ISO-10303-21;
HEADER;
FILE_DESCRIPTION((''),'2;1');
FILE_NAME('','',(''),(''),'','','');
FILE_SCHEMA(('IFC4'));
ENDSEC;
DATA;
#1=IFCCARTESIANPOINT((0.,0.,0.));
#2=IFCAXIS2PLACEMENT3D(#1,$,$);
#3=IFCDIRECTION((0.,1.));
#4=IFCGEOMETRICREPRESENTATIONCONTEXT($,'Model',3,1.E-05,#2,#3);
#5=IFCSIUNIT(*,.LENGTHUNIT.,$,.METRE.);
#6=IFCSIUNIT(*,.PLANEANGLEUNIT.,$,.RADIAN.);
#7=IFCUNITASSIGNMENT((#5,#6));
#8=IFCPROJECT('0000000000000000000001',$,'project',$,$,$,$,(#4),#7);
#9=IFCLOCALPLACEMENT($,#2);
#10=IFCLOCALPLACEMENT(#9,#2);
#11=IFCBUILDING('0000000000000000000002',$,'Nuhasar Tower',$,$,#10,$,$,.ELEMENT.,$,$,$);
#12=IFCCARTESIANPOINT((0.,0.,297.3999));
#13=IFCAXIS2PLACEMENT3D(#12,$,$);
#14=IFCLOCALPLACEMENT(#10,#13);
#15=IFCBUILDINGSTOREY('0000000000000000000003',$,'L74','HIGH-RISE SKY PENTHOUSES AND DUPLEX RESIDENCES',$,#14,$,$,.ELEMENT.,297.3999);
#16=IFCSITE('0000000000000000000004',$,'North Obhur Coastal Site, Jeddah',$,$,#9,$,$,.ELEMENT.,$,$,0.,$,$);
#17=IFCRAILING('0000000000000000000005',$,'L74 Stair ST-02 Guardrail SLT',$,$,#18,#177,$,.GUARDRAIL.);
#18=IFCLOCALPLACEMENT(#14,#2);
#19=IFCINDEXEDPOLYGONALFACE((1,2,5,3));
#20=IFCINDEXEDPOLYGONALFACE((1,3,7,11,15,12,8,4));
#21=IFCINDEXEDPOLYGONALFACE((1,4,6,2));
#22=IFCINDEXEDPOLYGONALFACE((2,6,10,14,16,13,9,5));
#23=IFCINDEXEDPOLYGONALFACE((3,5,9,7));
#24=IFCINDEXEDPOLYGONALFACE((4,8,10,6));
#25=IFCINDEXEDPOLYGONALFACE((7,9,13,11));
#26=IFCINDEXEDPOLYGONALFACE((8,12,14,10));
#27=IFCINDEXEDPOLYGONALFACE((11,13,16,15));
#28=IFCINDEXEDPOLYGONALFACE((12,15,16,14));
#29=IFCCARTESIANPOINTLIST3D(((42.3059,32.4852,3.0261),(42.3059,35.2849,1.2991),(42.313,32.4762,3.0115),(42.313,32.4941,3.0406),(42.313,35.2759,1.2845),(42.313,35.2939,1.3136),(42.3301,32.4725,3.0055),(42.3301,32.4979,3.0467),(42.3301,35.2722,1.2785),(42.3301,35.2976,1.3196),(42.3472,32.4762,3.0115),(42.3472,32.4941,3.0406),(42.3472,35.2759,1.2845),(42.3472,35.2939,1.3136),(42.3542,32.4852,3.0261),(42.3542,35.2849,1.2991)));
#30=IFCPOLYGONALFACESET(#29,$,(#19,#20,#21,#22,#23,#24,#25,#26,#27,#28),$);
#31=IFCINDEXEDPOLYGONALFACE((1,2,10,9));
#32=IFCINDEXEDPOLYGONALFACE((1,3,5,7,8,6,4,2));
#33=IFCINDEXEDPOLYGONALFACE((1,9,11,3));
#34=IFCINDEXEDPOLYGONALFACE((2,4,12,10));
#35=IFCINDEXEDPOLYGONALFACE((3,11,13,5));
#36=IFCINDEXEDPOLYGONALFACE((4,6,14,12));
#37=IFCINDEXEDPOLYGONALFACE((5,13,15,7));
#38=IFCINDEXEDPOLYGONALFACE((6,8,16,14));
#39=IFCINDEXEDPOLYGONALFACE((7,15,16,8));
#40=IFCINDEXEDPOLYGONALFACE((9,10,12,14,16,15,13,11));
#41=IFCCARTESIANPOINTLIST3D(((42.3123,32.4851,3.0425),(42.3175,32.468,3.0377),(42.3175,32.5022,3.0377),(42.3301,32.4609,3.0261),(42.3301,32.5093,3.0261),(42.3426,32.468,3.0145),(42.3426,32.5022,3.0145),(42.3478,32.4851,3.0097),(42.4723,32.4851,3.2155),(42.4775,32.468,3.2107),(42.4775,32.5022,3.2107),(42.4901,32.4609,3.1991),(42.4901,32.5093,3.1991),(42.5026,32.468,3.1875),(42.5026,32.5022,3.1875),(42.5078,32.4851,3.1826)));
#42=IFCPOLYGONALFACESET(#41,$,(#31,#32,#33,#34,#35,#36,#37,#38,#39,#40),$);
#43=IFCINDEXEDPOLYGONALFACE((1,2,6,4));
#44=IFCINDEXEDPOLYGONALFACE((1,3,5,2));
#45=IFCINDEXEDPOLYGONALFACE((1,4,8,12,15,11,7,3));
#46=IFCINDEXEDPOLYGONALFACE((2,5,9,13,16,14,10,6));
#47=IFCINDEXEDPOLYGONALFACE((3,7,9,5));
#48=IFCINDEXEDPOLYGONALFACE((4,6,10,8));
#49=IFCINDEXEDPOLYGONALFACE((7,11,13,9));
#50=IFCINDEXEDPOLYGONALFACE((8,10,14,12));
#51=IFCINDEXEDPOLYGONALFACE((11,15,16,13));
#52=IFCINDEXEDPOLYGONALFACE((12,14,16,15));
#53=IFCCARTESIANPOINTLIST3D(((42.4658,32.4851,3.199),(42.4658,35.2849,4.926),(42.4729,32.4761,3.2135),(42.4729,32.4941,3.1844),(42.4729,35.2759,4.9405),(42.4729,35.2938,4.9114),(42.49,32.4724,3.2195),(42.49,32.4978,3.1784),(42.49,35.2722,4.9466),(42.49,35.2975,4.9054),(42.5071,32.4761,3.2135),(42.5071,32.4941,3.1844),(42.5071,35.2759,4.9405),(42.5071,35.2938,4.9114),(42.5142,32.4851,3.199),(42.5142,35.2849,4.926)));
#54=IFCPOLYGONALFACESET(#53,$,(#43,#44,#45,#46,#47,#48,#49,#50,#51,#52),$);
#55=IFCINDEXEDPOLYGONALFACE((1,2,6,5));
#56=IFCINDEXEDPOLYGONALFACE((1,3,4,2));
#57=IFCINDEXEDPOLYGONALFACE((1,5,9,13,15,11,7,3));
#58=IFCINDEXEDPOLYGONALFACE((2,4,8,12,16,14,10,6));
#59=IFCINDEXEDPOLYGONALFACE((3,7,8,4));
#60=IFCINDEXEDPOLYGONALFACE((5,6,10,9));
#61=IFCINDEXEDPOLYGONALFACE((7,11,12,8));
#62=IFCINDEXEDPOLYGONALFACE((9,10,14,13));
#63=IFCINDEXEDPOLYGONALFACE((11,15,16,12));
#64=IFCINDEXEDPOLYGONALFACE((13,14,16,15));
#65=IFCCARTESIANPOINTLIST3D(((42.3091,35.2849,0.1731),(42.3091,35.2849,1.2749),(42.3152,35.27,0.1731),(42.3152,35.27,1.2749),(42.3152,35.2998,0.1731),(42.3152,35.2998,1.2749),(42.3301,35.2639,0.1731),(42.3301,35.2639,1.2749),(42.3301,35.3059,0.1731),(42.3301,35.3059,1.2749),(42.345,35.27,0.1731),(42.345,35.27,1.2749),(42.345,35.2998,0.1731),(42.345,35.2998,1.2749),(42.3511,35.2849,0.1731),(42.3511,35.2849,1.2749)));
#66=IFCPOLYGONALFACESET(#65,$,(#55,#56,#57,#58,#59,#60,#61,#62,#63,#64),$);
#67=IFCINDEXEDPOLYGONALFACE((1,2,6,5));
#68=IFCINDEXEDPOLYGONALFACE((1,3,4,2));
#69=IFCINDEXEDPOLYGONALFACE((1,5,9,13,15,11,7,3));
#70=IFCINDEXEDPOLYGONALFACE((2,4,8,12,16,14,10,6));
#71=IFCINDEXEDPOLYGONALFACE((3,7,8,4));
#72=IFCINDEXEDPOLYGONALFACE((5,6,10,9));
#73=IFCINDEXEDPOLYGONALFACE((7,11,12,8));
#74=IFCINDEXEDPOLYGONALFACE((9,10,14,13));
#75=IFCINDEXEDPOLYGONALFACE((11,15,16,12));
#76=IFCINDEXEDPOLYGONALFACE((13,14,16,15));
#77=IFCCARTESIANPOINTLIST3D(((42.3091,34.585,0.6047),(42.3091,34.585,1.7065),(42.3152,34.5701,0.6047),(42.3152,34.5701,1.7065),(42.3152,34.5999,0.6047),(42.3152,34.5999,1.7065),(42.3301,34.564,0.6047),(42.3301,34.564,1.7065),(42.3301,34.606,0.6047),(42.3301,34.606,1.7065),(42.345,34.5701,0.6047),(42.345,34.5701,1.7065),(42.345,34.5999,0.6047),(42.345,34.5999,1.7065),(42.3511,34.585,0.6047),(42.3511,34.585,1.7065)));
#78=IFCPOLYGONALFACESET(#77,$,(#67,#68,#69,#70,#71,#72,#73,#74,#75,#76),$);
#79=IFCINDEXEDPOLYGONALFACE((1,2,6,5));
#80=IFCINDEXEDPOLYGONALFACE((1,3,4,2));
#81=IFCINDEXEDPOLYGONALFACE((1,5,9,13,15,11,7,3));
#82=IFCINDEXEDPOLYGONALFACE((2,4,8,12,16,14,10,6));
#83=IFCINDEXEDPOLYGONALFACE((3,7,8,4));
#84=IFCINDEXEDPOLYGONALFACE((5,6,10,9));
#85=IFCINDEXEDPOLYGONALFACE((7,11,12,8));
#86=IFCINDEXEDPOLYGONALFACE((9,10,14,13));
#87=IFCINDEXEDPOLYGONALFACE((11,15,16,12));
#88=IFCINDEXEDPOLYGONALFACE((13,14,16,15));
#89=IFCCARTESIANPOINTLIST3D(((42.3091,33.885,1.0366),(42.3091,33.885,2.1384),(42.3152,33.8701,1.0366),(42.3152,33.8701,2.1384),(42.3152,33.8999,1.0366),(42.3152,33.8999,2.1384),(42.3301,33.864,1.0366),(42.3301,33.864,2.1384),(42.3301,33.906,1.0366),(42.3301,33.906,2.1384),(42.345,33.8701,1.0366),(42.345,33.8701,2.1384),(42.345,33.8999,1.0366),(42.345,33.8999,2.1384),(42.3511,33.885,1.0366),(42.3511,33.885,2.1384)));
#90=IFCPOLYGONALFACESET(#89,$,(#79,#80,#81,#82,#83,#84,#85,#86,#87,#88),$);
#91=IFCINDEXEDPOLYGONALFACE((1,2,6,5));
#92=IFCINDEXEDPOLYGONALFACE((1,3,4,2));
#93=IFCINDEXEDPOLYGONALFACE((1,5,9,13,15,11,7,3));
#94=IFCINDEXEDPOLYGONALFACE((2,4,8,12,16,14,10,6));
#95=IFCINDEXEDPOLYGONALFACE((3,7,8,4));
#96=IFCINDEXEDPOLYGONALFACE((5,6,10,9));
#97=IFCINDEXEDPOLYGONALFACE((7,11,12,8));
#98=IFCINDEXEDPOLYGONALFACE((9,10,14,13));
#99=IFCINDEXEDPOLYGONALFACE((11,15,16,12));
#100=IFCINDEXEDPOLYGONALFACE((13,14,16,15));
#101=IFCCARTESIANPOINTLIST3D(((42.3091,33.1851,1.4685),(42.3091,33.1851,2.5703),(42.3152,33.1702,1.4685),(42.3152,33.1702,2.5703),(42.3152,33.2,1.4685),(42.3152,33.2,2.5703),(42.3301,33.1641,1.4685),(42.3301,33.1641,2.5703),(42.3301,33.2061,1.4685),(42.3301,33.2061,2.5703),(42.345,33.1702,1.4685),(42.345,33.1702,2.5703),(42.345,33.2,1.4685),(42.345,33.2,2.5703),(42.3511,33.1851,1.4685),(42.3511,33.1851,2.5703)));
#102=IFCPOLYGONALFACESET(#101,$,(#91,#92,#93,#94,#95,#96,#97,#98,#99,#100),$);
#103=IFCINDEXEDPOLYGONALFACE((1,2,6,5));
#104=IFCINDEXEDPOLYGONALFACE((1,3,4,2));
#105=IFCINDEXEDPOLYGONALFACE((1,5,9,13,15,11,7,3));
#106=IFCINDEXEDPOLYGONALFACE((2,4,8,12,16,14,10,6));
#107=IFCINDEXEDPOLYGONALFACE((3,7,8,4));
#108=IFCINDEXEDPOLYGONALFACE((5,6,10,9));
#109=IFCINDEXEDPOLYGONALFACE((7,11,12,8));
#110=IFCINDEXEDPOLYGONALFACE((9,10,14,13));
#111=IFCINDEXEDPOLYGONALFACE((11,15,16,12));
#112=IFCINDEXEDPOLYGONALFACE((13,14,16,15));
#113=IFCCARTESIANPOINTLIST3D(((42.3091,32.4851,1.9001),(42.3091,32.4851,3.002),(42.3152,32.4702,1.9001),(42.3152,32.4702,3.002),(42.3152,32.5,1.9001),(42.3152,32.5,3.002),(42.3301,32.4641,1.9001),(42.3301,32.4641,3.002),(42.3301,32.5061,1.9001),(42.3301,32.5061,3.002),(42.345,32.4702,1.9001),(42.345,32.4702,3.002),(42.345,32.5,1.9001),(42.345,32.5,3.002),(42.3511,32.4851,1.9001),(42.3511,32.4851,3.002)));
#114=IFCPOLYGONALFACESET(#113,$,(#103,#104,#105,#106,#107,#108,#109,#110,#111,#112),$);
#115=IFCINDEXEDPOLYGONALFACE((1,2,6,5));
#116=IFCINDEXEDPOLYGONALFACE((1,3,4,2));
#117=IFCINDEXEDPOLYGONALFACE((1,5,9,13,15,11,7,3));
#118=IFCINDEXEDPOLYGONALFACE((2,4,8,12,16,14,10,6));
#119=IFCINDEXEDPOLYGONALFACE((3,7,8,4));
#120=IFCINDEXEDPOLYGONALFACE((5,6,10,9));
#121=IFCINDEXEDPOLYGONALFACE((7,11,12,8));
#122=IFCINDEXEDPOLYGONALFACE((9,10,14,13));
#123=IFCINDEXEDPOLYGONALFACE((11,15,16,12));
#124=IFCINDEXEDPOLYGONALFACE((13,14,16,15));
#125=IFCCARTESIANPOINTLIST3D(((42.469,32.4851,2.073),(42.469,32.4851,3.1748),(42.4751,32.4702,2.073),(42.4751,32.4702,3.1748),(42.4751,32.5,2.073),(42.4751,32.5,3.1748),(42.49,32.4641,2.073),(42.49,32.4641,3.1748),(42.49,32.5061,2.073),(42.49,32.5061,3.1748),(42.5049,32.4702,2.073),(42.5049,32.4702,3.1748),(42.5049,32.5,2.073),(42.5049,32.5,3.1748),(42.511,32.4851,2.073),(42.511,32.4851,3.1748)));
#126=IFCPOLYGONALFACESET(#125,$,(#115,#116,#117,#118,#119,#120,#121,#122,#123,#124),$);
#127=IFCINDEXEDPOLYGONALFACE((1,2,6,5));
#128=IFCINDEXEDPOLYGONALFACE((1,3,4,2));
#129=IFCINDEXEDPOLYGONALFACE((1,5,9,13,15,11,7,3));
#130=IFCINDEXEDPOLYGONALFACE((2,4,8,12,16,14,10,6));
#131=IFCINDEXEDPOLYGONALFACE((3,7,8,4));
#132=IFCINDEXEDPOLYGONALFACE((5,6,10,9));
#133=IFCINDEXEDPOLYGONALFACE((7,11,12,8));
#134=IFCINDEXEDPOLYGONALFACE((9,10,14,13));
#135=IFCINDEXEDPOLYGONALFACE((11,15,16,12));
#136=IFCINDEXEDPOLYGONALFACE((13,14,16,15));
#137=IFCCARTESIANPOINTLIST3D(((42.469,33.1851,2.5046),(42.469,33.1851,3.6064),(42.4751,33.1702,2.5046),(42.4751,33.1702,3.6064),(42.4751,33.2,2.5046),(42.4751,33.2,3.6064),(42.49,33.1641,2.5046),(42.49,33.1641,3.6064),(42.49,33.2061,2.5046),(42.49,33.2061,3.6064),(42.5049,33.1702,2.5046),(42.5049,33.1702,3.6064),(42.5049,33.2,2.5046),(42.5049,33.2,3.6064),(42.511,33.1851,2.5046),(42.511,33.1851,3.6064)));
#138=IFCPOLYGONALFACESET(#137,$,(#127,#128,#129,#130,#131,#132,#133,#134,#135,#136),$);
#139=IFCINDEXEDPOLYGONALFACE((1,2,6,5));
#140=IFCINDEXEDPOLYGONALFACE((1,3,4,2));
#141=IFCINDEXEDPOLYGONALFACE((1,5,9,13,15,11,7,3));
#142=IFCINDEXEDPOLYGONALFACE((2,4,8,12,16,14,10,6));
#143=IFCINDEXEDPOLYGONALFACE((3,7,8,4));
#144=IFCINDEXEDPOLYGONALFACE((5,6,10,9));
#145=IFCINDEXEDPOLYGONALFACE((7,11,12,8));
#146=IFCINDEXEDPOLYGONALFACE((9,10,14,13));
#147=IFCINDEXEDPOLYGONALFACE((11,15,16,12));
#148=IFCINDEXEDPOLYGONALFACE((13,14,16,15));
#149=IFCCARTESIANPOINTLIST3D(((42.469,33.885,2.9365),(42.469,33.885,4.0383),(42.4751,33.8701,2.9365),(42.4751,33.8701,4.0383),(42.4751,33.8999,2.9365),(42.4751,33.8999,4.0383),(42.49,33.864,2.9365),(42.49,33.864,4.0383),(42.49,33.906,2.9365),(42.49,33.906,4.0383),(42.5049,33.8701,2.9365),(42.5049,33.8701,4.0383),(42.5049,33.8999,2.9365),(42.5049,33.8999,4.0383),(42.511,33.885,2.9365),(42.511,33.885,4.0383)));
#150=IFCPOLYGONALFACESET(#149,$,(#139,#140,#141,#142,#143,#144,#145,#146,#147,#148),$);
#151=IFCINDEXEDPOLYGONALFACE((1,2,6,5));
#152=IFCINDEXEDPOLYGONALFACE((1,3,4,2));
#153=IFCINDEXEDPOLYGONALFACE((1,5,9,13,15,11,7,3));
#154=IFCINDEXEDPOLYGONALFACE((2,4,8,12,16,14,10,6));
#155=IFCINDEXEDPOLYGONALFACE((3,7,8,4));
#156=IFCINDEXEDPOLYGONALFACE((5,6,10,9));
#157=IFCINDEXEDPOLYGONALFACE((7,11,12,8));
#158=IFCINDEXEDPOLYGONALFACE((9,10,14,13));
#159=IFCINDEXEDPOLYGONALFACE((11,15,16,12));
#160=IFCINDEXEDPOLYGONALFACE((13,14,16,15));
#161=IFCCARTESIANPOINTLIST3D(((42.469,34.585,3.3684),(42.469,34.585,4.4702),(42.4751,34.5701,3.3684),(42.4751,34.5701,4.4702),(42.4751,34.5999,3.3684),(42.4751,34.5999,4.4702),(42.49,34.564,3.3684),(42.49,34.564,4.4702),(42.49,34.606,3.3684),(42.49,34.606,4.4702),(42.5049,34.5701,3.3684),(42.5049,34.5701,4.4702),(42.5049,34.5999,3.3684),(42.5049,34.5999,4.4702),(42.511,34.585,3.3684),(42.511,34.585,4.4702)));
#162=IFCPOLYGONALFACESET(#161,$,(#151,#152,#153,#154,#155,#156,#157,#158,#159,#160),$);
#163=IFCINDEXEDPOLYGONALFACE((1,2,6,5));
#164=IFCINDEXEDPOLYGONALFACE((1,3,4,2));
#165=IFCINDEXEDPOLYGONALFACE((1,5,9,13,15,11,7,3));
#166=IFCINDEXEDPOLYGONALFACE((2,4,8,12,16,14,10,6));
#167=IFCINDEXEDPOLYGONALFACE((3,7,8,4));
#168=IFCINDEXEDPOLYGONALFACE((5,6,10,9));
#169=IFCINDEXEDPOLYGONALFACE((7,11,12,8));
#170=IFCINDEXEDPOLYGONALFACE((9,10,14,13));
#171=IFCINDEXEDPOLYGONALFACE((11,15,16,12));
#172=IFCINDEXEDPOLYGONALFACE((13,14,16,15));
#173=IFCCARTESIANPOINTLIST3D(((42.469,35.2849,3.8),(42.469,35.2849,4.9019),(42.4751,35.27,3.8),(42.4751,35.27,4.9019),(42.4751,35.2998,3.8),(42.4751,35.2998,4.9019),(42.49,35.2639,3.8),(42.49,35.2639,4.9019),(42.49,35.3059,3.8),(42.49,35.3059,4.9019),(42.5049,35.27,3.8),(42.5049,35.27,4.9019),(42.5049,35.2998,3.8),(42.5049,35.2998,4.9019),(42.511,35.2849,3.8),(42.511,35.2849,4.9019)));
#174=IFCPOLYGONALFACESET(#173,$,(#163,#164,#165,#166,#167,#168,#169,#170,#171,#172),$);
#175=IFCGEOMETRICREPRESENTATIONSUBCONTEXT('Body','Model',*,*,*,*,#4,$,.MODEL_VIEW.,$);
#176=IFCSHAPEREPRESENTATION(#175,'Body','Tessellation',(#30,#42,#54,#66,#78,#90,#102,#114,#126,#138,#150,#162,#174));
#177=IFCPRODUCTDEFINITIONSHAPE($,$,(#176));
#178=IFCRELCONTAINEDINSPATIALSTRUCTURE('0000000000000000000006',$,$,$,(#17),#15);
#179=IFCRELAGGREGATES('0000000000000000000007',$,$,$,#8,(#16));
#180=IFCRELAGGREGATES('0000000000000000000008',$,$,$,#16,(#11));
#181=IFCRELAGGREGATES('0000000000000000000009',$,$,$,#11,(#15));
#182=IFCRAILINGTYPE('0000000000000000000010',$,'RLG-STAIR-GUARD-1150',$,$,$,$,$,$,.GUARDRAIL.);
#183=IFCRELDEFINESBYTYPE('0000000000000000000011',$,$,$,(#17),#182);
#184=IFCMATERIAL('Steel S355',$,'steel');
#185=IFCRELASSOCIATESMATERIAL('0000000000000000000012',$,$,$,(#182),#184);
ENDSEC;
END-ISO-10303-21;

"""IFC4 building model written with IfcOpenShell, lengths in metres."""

from ifc_helpers import new_model, si_unit, direction, frame, origin, place, context, subcontext, project, spatial, polyline, outline, extrude, material, type_object, element, save


model = new_model("IFC4")

# Units and contexts
model_context = context("Model", 3, precision=1e-05, world=origin(), true_north=direction((0.0, 1.0)))
body_context = subcontext(model_context, "Body", "Model", "MODEL_VIEW")
ifc_project = project(units=[si_unit("LENGTHUNIT", "METRE"), si_unit("PLANEANGLEUNIT", "RADIAN")], contexts=[model_context])

# Site, building, storey
site_placement = place(None, origin())
site = spatial("IfcSite", under=ifc_project, at=site_placement, Name="North Obhur Coastal Site, Jeddah", CompositionType="ELEMENT", RefElevation=0.0)
building_placement = place(site_placement, origin())
building = spatial("IfcBuilding", under=site, at=building_placement, Name="Nuhasar Tower", CompositionType="ELEMENT")
storey_placement = place(building_placement, frame((0.0, 0.0, 297.3999)))
storey = spatial("IfcBuildingStorey", under=building, at=storey_placement, Name="L74", Description="HIGH-RISE SKY PENTHOUSES AND DUPLEX RESIDENCES", CompositionType="ELEMENT", Elevation=297.3999)

# Shared definitions
ifc_material_1 = material(Name="Steel S355", Category="steel")

# Railing
railing_type_1 = type_object("IfcRailingType", Name="RLG-STAIR-GUARD-1150", PredefinedType="GUARDRAIL", material=ifc_material_1)
railing_1_placement = place(storey_placement, frame((42.3301, 35.2849, 0.1731)))
element("IfcRailing", 1, at=railing_1_placement, inside=storey, type_object=railing_type_1, Name="L74 Stair ST-02 Guardrail SLT", PredefinedType="GUARDRAIL", context=body_context, shape_type="SweptSolid", body=[
    extrude(outline(polyline([(0.0242, 0.0), (0.0171, 0.0171), (0.0, 0.0242), (-0.0171, 0.0171), (-0.0242, 0.0), (-0.0171, -0.0171), (0.0, -0.0242), (0.0171, -0.0171), (0.0242, 0.0)])), frame((0.0, 0.0, 1.126), z_axis=(0.0, -0.851102, 0.525), x_axis=(1.0, 0.0, 0.0)), (0.0, 0.0, 1.0), 3.2896),
    extrude(outline(polyline([(0.0242, 0.0), (0.0171, 0.0171), (0.0, 0.0242), (-0.0171, 0.0171), (-0.0242, 0.0), (-0.0171, -0.0171), (0.0, -0.0242), (0.0171, -0.0171), (0.0242, 0.0)])), frame((0.0, -2.7998, 2.853), z_axis=(0.679098, 0.0, 0.734048), x_axis=(0.0, 1.0, 0.0)), (0.0, 0.0, 1.0), 0.2356),
    extrude(outline(polyline([(0.0242, 0.0), (0.0171, 0.0171), (0.0, 0.0242), (-0.0171, 0.0171), (-0.0242, 0.0), (-0.0171, -0.0171), (0.0, -0.0242), (0.0171, -0.0171), (0.0242, 0.0)])), frame((0.1599, -2.7998, 3.0259), z_axis=(0.0, 0.851102, 0.525), x_axis=(-1.0, 0.0, 0.0)), (0.0, 0.0, 1.0), 3.2896),
    extrude(outline(polyline([(0.021, 0.0), (0.0149, 0.0149), (0.0, 0.021), (-0.0149, 0.0149), (-0.021, 0.0), (-0.0149, -0.0149), (0.0, -0.021), (0.0149, -0.0149), (0.021, 0.0)])), origin(), (0.0, 0.0, 1.0), 1.1018),
    extrude(outline(polyline([(0.021, 0.0), (0.0149, 0.0149), (0.0, 0.021), (-0.0149, 0.0149), (-0.021, 0.0), (-0.0149, -0.0149), (0.0, -0.021), (0.0149, -0.0149), (0.021, 0.0)])), frame((0.0, -0.7, 0.4316)), (0.0, 0.0, 1.0), 1.1018),
    extrude(outline(polyline([(0.021, 0.0), (0.0149, 0.0149), (0.0, 0.021), (-0.0149, 0.0149), (-0.021, 0.0), (-0.0149, -0.0149), (0.0, -0.021), (0.0149, -0.0149), (0.021, 0.0)])), frame((0.0, -1.3999, 0.8635)), (0.0, 0.0, 1.0), 1.1018),
    extrude(outline(polyline([(0.021, 0.0), (0.0149, 0.0149), (0.0, 0.021), (-0.0149, 0.0149), (-0.021, 0.0), (-0.0149, -0.0149), (0.0, -0.021), (0.0149, -0.0149), (0.021, 0.0)])), frame((0.0, -2.0999, 1.2954)), (0.0, 0.0, 1.0), 1.1018),
    extrude(outline(polyline([(0.021, 0.0), (0.0149, 0.0149), (0.0, 0.021), (-0.0149, 0.0149), (-0.021, 0.0), (-0.0149, -0.0149), (0.0, -0.021), (0.0149, -0.0149), (0.021, 0.0)])), frame((0.0, -2.7998, 1.7271)), (0.0, 0.0, 1.0), 1.1018),
    extrude(outline(polyline([(0.021, 0.0), (0.0149, 0.0149), (0.0, 0.021), (-0.0149, 0.0149), (-0.021, 0.0), (-0.0149, -0.0149), (0.0, -0.021), (0.0149, -0.0149), (0.021, 0.0)])), frame((0.1599, -2.7998, 1.8999)), (0.0, 0.0, 1.0), 1.1018),
    extrude(outline(polyline([(0.021, 0.0), (0.0149, 0.0149), (0.0, 0.021), (-0.0149, 0.0149), (-0.021, 0.0), (-0.0149, -0.0149), (0.0, -0.021), (0.0149, -0.0149), (0.021, 0.0)])), frame((0.1599, -2.0999, 2.3315)), (0.0, 0.0, 1.0), 1.1018),
    extrude(outline(polyline([(0.021, 0.0), (0.0149, 0.0149), (0.0, 0.021), (-0.0149, 0.0149), (-0.021, 0.0), (-0.0149, -0.0149), (0.0, -0.021), (0.0149, -0.0149), (0.021, 0.0)])), frame((0.1599, -1.3999, 2.7634)), (0.0, 0.0, 1.0), 1.1018),
    extrude(outline(polyline([(0.021, 0.0), (0.0149, 0.0149), (0.0, 0.021), (-0.0149, 0.0149), (-0.021, 0.0), (-0.0149, -0.0149), (0.0, -0.021), (0.0149, -0.0149), (0.021, 0.0)])), frame((0.1599, -0.7, 3.1953)), (0.0, 0.0, 1.0), 1.1018),
    extrude(outline(polyline([(0.021, 0.0), (0.0149, 0.0149), (0.0, 0.021), (-0.0149, 0.0149), (-0.021, 0.0), (-0.0149, -0.0149), (0.0, -0.021), (0.0149, -0.0149), (0.021, 0.0)])), frame((0.1599, 0.0, 3.627)), (0.0, 0.0, 1.0), 1.1018),
])

save(model, "model.ifc")
